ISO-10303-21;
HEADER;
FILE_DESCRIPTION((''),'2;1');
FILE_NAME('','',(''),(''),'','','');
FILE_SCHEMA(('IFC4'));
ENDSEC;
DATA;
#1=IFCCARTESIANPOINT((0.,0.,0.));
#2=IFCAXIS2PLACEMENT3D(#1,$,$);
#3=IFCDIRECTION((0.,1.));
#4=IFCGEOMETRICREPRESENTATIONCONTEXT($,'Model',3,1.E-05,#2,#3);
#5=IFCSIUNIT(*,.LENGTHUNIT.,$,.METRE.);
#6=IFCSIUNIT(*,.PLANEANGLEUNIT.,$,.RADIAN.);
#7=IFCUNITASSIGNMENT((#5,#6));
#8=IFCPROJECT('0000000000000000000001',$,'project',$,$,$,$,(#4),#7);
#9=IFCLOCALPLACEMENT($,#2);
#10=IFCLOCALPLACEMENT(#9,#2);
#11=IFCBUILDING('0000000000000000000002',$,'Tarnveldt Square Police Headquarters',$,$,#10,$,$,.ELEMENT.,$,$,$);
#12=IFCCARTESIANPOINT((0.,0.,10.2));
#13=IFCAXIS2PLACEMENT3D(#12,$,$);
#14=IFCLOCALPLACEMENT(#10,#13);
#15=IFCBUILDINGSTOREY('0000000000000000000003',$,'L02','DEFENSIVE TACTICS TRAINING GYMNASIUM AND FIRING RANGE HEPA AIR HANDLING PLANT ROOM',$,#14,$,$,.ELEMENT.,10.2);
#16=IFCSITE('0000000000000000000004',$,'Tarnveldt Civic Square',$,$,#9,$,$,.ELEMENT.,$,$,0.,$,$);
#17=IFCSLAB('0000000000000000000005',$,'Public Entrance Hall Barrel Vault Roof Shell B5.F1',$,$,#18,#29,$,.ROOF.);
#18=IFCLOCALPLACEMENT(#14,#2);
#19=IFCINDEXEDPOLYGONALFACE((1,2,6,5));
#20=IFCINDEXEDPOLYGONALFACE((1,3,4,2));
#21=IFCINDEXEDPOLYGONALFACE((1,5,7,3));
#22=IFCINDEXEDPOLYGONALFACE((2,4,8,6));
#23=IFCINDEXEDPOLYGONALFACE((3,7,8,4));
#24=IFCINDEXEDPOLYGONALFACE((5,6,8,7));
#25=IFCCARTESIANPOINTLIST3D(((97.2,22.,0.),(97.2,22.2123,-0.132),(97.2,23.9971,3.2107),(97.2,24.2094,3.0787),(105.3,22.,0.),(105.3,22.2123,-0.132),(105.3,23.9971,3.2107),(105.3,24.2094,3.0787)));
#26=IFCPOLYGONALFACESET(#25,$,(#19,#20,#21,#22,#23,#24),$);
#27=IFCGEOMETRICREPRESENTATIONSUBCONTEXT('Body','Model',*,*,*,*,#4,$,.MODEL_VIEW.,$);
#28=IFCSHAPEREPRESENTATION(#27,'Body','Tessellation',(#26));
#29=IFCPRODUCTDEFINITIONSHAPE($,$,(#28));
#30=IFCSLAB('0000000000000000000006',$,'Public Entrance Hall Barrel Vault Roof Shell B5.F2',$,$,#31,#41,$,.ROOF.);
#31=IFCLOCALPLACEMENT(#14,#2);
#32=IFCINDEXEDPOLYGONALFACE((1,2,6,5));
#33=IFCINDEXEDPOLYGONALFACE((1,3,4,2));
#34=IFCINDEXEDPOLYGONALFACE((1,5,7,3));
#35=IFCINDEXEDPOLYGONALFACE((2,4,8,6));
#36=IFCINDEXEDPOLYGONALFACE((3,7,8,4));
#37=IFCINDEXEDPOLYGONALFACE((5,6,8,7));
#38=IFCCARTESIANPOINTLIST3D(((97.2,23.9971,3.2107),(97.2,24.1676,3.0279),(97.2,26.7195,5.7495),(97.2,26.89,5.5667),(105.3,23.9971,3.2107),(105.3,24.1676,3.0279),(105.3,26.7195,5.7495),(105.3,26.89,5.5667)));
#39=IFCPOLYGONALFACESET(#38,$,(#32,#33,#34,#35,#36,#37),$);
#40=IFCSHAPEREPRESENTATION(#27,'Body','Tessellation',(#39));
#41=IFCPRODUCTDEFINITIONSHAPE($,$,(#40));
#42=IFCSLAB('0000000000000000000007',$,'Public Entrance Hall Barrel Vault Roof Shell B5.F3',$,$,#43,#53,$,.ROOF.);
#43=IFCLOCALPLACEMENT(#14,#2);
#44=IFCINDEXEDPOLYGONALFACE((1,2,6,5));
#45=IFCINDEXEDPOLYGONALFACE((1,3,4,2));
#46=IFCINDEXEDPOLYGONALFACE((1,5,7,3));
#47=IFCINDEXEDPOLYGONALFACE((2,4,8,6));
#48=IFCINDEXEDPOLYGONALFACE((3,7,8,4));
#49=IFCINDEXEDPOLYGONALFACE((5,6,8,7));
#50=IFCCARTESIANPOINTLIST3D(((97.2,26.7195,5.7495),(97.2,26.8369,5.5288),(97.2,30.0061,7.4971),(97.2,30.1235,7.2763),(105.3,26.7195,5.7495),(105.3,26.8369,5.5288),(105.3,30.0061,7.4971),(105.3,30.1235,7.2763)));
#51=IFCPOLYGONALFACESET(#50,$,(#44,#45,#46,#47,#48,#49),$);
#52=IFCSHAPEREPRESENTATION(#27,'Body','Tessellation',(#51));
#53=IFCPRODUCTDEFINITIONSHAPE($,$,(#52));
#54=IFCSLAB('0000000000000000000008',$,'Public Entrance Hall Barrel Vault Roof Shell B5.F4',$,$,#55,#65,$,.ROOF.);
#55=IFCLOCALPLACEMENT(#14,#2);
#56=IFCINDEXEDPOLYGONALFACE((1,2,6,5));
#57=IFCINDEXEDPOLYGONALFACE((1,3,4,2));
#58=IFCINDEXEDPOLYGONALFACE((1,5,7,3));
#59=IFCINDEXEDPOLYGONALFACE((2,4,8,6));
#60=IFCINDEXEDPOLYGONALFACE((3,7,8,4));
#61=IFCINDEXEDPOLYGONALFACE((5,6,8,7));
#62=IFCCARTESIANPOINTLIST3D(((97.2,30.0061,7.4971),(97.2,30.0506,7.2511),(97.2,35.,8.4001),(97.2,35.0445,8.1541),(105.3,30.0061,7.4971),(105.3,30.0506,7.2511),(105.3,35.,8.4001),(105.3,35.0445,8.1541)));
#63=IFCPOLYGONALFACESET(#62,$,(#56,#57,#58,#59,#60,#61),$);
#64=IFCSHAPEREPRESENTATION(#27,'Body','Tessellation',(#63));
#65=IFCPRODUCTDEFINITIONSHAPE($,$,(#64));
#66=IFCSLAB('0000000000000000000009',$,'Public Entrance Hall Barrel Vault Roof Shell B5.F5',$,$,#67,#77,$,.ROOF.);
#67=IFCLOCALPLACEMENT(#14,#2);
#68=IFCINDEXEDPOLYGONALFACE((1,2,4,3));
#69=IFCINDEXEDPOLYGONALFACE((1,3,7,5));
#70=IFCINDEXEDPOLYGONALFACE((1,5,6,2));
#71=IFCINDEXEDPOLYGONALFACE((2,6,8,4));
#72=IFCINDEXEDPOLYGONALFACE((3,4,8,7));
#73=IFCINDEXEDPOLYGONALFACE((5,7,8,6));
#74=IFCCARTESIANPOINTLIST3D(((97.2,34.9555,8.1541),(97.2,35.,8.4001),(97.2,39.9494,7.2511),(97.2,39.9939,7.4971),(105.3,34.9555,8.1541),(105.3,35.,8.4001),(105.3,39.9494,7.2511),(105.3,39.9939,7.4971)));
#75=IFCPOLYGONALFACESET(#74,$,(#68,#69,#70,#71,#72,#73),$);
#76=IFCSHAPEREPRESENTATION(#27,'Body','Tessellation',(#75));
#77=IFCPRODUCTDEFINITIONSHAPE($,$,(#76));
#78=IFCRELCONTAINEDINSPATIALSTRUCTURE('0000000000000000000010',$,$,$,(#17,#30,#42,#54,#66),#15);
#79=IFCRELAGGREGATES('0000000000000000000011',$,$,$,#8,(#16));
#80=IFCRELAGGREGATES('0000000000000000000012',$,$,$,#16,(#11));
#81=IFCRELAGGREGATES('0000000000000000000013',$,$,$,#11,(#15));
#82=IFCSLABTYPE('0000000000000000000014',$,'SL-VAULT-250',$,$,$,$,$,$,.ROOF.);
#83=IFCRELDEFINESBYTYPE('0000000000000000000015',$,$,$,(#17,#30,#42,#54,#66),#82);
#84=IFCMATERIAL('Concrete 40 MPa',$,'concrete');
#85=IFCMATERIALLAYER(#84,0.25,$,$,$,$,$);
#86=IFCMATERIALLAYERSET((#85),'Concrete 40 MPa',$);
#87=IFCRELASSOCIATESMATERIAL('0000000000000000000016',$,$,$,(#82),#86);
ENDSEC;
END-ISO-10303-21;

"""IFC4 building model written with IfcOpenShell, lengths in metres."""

from ifc_helpers import new_model, si_unit, direction, frame, origin, place, context, subcontext, project, spatial, polyline, outline, extrude, material, layer, layer_set, type_object, element, save


model = new_model("IFC4")

# Units and contexts
model_context = context("Model", 3, precision=1e-05, world=origin(), true_north=direction((0.0, 1.0)))
body_context = subcontext(model_context, "Body", "Model", "MODEL_VIEW")
ifc_project = project(units=[si_unit("LENGTHUNIT", "METRE"), si_unit("PLANEANGLEUNIT", "RADIAN")], contexts=[model_context])

# Site, building, storey
site_placement = place(None, origin())
site = spatial("IfcSite", under=ifc_project, at=site_placement, Name="Tarnveldt Civic Square", CompositionType="ELEMENT", RefElevation=0.0)
building_placement = place(site_placement, origin())
building = spatial("IfcBuilding", under=site, at=building_placement, Name="Tarnveldt Square Police Headquarters", CompositionType="ELEMENT")
storey_placement = place(building_placement, frame((0.0, 0.0, 10.2)))
storey = spatial("IfcBuildingStorey", under=building, at=storey_placement, Name="L02", Description="DEFENSIVE TACTICS TRAINING GYMNASIUM AND FIRING RANGE HEPA AIR HANDLING PLANT ROOM", CompositionType="ELEMENT", Elevation=10.2)

# Shared definitions
ifc_material = material(Name="Concrete 40 MPa", Category="concrete")

# Slabs
ifc_layer = layer(ifc_material, 0.25)
ifc_layer_set = layer_set([ifc_layer], Name="Concrete 40 MPa")
slab_type = type_object("IfcSlabType", Name="SL-VAULT-250", PredefinedType="ROOF", material=ifc_layer_set)
slab_1_placement = place(storey_placement, frame((97.2, 22.0, 0.0), z_axis=(0.0, -0.849139, 0.528169), x_axis=(1.0, 0.0, 0.0)))
element("IfcSlab", 1, at=slab_1_placement, inside=storey, type_object=slab_type, Name="Public Entrance Hall Barrel Vault Roof Shell B5.F1", PredefinedType="ROOF", context=body_context, shape_type="SweptSolid", body=[
    extrude(outline(polyline([(0.0, 0.0), (8.1001, 0.0), (8.1001, 3.7811), (0.0, 3.7811), (0.0, 0.0)])), origin(), (0.0, 0.0, -1.0), 0.25),
])
slab_2_placement = place(storey_placement, frame((97.2, 23.9971, 3.2107), z_axis=(0.0, -0.682017, 0.731337), x_axis=(1.0, 0.0, 0.0)))
element("IfcSlab", 2, at=slab_2_placement, inside=storey, type_object=slab_type, Name="Public Entrance Hall Barrel Vault Roof Shell B5.F2", PredefinedType="ROOF", context=body_context, shape_type="SweptSolid", body=[
    extrude(outline(polyline([(0.0, 0.0), (8.1001, 0.0), (8.1001, 3.7225), (0.0, 3.7225), (0.0, 0.0)])), origin(), (0.0, 0.0, -1.0), 0.25),
])
slab_3_placement = place(storey_placement, frame((97.2, 26.7195, 5.7495), z_axis=(0.0, -0.469478, 0.882944), x_axis=(1.0, 0.0, 0.0)))
element("IfcSlab", 3, at=slab_3_placement, inside=storey, type_object=slab_type, Name="Public Entrance Hall Barrel Vault Roof Shell B5.F3", PredefinedType="ROOF", context=body_context, shape_type="SweptSolid", body=[
    extrude(outline(polyline([(0.0, 0.0), (8.1001, 0.0), (8.1001, 3.7223), (0.0, 3.7223), (0.0, 0.0)])), origin(), (0.0, 0.0, -1.0), 0.25),
])
for number, where, z_axis, x_axis, name in (
    (4, (97.2, 30.0061, 7.4971), (0.0, -0.17795, 0.98404), (1.0, 0.0, 0.0), "Public Entrance Hall Barrel Vault Roof Shell B5.F4"),
    (5, (97.2, 35.0, 8.4001), (0.0, 0.17795, 0.98404), (1.0, 0.0, 0.0), "Public Entrance Hall Barrel Vault Roof Shell B5.F5"),
):
    element("IfcSlab", number, at=place(storey_placement, frame(where, z_axis=z_axis, x_axis=x_axis)), inside=storey, type_object=slab_type, Name=name, PredefinedType="ROOF", context=body_context, shape_type="SweptSolid", body=[
        extrude(outline(polyline([(0.0, 0.0), (8.1001, 0.0), (8.1001, 5.0749), (0.0, 5.0749), (0.0, 0.0)])), origin(), (0.0, 0.0, -1.0), 0.25),
    ])

save(model, "model.ifc")
